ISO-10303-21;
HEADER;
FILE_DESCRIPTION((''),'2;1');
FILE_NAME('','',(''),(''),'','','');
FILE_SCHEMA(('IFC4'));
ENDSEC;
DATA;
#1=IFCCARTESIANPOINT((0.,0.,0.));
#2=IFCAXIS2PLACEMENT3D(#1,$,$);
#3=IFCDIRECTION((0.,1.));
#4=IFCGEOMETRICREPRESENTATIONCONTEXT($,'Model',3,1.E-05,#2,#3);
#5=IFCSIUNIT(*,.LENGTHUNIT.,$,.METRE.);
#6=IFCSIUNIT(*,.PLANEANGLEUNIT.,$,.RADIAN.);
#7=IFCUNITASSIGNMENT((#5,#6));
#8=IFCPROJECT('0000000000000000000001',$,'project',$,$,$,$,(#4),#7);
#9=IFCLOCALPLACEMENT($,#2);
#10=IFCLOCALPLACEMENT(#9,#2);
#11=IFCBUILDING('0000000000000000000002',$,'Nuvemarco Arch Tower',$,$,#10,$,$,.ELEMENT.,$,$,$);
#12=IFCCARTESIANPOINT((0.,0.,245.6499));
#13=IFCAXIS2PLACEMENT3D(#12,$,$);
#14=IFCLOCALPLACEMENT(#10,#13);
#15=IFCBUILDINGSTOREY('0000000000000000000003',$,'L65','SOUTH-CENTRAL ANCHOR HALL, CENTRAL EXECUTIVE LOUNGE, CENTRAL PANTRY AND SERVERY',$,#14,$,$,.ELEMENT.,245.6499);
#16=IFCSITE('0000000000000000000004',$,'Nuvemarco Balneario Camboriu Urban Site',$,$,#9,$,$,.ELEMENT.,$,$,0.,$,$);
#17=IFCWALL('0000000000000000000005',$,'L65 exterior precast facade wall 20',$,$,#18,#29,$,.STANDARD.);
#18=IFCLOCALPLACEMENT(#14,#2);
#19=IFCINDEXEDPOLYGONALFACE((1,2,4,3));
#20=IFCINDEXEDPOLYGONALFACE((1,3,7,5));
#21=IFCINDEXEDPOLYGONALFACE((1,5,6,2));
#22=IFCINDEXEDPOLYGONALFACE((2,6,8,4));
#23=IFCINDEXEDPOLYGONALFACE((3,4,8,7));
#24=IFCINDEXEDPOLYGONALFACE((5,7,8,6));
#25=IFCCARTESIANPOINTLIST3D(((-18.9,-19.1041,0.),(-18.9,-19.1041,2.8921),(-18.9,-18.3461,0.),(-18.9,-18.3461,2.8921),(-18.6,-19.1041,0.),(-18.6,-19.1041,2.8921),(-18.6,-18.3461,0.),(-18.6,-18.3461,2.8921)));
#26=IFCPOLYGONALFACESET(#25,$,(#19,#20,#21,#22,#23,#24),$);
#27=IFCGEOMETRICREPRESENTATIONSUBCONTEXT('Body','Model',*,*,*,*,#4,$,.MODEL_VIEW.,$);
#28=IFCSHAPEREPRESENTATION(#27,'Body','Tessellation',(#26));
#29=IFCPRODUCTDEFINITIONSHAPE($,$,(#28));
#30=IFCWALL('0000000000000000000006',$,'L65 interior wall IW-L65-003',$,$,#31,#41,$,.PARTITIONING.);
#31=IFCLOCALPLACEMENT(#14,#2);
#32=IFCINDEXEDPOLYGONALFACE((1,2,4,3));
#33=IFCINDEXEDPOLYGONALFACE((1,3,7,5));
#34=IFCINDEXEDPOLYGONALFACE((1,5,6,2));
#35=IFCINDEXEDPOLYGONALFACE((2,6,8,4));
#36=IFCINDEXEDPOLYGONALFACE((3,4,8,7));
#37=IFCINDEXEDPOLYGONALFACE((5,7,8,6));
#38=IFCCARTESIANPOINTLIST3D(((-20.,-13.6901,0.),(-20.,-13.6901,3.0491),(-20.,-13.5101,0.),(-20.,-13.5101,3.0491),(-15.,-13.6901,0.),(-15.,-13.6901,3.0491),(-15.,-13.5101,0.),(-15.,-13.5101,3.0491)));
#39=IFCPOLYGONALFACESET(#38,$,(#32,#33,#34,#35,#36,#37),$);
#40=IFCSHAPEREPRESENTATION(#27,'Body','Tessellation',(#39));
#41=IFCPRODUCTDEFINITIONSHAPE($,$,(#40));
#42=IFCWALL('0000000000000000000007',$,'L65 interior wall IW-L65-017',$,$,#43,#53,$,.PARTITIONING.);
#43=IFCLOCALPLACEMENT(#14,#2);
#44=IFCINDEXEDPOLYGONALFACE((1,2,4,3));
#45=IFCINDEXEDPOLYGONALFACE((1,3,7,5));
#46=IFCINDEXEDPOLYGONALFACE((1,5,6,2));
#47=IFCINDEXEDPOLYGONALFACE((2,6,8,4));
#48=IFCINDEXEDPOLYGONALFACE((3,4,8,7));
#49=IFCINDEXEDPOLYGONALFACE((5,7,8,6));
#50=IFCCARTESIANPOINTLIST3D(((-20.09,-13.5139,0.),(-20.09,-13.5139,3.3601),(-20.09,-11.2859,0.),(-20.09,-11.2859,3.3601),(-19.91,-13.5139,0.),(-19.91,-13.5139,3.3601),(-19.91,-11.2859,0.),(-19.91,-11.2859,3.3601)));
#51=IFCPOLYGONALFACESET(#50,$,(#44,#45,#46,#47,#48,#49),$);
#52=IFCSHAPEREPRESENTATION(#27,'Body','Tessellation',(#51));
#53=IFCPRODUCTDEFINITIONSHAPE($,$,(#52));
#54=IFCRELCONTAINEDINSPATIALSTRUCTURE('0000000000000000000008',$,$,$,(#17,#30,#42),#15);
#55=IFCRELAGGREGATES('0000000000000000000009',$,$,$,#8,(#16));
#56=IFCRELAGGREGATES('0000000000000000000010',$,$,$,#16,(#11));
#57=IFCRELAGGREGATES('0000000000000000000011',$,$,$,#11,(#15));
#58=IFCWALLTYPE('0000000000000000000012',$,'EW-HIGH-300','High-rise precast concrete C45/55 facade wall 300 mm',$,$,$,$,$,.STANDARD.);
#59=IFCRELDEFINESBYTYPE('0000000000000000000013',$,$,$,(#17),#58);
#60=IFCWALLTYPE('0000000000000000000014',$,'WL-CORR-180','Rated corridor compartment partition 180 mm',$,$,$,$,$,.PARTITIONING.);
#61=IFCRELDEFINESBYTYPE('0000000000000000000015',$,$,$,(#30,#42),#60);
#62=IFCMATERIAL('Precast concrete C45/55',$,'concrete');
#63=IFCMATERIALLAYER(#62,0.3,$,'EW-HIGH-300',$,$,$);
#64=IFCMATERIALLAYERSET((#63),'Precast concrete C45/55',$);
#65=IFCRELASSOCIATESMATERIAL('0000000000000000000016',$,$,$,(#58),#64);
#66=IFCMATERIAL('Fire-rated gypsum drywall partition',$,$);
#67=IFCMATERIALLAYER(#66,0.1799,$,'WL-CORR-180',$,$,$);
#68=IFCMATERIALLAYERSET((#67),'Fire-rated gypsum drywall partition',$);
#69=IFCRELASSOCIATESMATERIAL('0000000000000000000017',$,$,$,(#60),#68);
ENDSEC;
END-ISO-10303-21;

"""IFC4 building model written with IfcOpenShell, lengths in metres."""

from ifc_helpers import new_model, si_unit, direction, frame, frame_2d, origin, place, context, subcontext, project, spatial, rectangle, extrude, material, layer, layer_set, type_object, element, save


model = new_model("IFC4")

# Units and contexts
model_context = context("Model", 3, precision=1e-05, world=origin(), true_north=direction((0.0, 1.0)))
body_context = subcontext(model_context, "Body", "Model", "MODEL_VIEW")
ifc_project = project(units=[si_unit("LENGTHUNIT", "METRE"), si_unit("PLANEANGLEUNIT", "RADIAN")], contexts=[model_context])

# Site, building, storey
site_placement = place(None, origin())
site = spatial("IfcSite", under=ifc_project, at=site_placement, Name="Nuvemarco Balneario Camboriu Urban Site", CompositionType="ELEMENT", RefElevation=0.0)
building_placement = place(site_placement, origin())
building = spatial("IfcBuilding", under=site, at=building_placement, Name="Nuvemarco Arch Tower", CompositionType="ELEMENT")
storey_placement = place(building_placement, frame((0.0, 0.0, 245.6499)))
storey = spatial("IfcBuildingStorey", under=building, at=storey_placement, Name="L65", Description="SOUTH-CENTRAL ANCHOR HALL, CENTRAL EXECUTIVE LOUNGE, CENTRAL PANTRY AND SERVERY", CompositionType="ELEMENT", Elevation=245.6499)

# Shared definitions
ifc_material_1 = material(Name="Precast concrete C45/55", Category="concrete")
ifc_layer_1 = layer(ifc_material_1, 0.3, Name="EW-HIGH-300")
ifc_layer_set_1 = layer_set([ifc_layer_1], Name="Precast concrete C45/55")
wall_type_1 = type_object("IfcWallType", Name="EW-HIGH-300", Description="High-rise precast concrete C45/55 facade wall 300 mm", PredefinedType="STANDARD", material=ifc_layer_set_1)

# Walls
wall_1_placement = place(storey_placement, frame((-18.75, -19.104, 0.0), z_axis=(0.0, 0.0, 1.0), x_axis=(0.0, 1.0, 0.0)))
element("IfcWall", 1, at=wall_1_placement, inside=storey, type_object=wall_type_1, Name="L65 exterior precast facade wall 20", PredefinedType="STANDARD", context=body_context, shape_type="SweptSolid", body=[
    extrude(rectangle(XDim=0.7581, YDim=0.3, at=frame_2d((0.3789, 0.0))), origin(), (0.0, 0.0, 1.0), 2.8921),
])
ifc_material_2 = material(Name="Fire-rated gypsum drywall partition")
ifc_layer_2 = layer(ifc_material_2, 0.1799, Name="WL-CORR-180")
ifc_layer_set_2 = layer_set([ifc_layer_2], Name="Fire-rated gypsum drywall partition")
wall_type_2 = type_object("IfcWallType", Name="WL-CORR-180", Description="Rated corridor compartment partition 180 mm", PredefinedType="PARTITIONING", material=ifc_layer_set_2)
wall_2_placement = place(storey_placement, frame((-20.0, -13.6001, 0.0), z_axis=(0.0, 0.0, 1.0), x_axis=(1.0, 0.0, 0.0)))
element("IfcWall", 2, at=wall_2_placement, inside=storey, type_object=wall_type_2, Name="L65 interior wall IW-L65-003", PredefinedType="PARTITIONING", context=body_context, shape_type="SweptSolid", body=[
    extrude(rectangle(XDim=5.0, YDim=0.1799, at=frame_2d((2.5, 0.0))), origin(), (0.0, 0.0, 1.0), 3.0491),
])
wall_3_placement = place(storey_placement, frame((-20.0, -13.5139, 0.0), z_axis=(0.0, 0.0, 1.0), x_axis=(0.0, 1.0, 0.0)))
element("IfcWall", 3, at=wall_3_placement, inside=storey, type_object=wall_type_2, Name="L65 interior wall IW-L65-017", PredefinedType="PARTITIONING", context=body_context, shape_type="SweptSolid", body=[
    extrude(rectangle(XDim=2.228, YDim=0.1799, at=frame_2d((1.114, 0.0))), origin(), (0.0, 0.0, 1.0), 3.3601),
])

save(model, "model.ifc")
